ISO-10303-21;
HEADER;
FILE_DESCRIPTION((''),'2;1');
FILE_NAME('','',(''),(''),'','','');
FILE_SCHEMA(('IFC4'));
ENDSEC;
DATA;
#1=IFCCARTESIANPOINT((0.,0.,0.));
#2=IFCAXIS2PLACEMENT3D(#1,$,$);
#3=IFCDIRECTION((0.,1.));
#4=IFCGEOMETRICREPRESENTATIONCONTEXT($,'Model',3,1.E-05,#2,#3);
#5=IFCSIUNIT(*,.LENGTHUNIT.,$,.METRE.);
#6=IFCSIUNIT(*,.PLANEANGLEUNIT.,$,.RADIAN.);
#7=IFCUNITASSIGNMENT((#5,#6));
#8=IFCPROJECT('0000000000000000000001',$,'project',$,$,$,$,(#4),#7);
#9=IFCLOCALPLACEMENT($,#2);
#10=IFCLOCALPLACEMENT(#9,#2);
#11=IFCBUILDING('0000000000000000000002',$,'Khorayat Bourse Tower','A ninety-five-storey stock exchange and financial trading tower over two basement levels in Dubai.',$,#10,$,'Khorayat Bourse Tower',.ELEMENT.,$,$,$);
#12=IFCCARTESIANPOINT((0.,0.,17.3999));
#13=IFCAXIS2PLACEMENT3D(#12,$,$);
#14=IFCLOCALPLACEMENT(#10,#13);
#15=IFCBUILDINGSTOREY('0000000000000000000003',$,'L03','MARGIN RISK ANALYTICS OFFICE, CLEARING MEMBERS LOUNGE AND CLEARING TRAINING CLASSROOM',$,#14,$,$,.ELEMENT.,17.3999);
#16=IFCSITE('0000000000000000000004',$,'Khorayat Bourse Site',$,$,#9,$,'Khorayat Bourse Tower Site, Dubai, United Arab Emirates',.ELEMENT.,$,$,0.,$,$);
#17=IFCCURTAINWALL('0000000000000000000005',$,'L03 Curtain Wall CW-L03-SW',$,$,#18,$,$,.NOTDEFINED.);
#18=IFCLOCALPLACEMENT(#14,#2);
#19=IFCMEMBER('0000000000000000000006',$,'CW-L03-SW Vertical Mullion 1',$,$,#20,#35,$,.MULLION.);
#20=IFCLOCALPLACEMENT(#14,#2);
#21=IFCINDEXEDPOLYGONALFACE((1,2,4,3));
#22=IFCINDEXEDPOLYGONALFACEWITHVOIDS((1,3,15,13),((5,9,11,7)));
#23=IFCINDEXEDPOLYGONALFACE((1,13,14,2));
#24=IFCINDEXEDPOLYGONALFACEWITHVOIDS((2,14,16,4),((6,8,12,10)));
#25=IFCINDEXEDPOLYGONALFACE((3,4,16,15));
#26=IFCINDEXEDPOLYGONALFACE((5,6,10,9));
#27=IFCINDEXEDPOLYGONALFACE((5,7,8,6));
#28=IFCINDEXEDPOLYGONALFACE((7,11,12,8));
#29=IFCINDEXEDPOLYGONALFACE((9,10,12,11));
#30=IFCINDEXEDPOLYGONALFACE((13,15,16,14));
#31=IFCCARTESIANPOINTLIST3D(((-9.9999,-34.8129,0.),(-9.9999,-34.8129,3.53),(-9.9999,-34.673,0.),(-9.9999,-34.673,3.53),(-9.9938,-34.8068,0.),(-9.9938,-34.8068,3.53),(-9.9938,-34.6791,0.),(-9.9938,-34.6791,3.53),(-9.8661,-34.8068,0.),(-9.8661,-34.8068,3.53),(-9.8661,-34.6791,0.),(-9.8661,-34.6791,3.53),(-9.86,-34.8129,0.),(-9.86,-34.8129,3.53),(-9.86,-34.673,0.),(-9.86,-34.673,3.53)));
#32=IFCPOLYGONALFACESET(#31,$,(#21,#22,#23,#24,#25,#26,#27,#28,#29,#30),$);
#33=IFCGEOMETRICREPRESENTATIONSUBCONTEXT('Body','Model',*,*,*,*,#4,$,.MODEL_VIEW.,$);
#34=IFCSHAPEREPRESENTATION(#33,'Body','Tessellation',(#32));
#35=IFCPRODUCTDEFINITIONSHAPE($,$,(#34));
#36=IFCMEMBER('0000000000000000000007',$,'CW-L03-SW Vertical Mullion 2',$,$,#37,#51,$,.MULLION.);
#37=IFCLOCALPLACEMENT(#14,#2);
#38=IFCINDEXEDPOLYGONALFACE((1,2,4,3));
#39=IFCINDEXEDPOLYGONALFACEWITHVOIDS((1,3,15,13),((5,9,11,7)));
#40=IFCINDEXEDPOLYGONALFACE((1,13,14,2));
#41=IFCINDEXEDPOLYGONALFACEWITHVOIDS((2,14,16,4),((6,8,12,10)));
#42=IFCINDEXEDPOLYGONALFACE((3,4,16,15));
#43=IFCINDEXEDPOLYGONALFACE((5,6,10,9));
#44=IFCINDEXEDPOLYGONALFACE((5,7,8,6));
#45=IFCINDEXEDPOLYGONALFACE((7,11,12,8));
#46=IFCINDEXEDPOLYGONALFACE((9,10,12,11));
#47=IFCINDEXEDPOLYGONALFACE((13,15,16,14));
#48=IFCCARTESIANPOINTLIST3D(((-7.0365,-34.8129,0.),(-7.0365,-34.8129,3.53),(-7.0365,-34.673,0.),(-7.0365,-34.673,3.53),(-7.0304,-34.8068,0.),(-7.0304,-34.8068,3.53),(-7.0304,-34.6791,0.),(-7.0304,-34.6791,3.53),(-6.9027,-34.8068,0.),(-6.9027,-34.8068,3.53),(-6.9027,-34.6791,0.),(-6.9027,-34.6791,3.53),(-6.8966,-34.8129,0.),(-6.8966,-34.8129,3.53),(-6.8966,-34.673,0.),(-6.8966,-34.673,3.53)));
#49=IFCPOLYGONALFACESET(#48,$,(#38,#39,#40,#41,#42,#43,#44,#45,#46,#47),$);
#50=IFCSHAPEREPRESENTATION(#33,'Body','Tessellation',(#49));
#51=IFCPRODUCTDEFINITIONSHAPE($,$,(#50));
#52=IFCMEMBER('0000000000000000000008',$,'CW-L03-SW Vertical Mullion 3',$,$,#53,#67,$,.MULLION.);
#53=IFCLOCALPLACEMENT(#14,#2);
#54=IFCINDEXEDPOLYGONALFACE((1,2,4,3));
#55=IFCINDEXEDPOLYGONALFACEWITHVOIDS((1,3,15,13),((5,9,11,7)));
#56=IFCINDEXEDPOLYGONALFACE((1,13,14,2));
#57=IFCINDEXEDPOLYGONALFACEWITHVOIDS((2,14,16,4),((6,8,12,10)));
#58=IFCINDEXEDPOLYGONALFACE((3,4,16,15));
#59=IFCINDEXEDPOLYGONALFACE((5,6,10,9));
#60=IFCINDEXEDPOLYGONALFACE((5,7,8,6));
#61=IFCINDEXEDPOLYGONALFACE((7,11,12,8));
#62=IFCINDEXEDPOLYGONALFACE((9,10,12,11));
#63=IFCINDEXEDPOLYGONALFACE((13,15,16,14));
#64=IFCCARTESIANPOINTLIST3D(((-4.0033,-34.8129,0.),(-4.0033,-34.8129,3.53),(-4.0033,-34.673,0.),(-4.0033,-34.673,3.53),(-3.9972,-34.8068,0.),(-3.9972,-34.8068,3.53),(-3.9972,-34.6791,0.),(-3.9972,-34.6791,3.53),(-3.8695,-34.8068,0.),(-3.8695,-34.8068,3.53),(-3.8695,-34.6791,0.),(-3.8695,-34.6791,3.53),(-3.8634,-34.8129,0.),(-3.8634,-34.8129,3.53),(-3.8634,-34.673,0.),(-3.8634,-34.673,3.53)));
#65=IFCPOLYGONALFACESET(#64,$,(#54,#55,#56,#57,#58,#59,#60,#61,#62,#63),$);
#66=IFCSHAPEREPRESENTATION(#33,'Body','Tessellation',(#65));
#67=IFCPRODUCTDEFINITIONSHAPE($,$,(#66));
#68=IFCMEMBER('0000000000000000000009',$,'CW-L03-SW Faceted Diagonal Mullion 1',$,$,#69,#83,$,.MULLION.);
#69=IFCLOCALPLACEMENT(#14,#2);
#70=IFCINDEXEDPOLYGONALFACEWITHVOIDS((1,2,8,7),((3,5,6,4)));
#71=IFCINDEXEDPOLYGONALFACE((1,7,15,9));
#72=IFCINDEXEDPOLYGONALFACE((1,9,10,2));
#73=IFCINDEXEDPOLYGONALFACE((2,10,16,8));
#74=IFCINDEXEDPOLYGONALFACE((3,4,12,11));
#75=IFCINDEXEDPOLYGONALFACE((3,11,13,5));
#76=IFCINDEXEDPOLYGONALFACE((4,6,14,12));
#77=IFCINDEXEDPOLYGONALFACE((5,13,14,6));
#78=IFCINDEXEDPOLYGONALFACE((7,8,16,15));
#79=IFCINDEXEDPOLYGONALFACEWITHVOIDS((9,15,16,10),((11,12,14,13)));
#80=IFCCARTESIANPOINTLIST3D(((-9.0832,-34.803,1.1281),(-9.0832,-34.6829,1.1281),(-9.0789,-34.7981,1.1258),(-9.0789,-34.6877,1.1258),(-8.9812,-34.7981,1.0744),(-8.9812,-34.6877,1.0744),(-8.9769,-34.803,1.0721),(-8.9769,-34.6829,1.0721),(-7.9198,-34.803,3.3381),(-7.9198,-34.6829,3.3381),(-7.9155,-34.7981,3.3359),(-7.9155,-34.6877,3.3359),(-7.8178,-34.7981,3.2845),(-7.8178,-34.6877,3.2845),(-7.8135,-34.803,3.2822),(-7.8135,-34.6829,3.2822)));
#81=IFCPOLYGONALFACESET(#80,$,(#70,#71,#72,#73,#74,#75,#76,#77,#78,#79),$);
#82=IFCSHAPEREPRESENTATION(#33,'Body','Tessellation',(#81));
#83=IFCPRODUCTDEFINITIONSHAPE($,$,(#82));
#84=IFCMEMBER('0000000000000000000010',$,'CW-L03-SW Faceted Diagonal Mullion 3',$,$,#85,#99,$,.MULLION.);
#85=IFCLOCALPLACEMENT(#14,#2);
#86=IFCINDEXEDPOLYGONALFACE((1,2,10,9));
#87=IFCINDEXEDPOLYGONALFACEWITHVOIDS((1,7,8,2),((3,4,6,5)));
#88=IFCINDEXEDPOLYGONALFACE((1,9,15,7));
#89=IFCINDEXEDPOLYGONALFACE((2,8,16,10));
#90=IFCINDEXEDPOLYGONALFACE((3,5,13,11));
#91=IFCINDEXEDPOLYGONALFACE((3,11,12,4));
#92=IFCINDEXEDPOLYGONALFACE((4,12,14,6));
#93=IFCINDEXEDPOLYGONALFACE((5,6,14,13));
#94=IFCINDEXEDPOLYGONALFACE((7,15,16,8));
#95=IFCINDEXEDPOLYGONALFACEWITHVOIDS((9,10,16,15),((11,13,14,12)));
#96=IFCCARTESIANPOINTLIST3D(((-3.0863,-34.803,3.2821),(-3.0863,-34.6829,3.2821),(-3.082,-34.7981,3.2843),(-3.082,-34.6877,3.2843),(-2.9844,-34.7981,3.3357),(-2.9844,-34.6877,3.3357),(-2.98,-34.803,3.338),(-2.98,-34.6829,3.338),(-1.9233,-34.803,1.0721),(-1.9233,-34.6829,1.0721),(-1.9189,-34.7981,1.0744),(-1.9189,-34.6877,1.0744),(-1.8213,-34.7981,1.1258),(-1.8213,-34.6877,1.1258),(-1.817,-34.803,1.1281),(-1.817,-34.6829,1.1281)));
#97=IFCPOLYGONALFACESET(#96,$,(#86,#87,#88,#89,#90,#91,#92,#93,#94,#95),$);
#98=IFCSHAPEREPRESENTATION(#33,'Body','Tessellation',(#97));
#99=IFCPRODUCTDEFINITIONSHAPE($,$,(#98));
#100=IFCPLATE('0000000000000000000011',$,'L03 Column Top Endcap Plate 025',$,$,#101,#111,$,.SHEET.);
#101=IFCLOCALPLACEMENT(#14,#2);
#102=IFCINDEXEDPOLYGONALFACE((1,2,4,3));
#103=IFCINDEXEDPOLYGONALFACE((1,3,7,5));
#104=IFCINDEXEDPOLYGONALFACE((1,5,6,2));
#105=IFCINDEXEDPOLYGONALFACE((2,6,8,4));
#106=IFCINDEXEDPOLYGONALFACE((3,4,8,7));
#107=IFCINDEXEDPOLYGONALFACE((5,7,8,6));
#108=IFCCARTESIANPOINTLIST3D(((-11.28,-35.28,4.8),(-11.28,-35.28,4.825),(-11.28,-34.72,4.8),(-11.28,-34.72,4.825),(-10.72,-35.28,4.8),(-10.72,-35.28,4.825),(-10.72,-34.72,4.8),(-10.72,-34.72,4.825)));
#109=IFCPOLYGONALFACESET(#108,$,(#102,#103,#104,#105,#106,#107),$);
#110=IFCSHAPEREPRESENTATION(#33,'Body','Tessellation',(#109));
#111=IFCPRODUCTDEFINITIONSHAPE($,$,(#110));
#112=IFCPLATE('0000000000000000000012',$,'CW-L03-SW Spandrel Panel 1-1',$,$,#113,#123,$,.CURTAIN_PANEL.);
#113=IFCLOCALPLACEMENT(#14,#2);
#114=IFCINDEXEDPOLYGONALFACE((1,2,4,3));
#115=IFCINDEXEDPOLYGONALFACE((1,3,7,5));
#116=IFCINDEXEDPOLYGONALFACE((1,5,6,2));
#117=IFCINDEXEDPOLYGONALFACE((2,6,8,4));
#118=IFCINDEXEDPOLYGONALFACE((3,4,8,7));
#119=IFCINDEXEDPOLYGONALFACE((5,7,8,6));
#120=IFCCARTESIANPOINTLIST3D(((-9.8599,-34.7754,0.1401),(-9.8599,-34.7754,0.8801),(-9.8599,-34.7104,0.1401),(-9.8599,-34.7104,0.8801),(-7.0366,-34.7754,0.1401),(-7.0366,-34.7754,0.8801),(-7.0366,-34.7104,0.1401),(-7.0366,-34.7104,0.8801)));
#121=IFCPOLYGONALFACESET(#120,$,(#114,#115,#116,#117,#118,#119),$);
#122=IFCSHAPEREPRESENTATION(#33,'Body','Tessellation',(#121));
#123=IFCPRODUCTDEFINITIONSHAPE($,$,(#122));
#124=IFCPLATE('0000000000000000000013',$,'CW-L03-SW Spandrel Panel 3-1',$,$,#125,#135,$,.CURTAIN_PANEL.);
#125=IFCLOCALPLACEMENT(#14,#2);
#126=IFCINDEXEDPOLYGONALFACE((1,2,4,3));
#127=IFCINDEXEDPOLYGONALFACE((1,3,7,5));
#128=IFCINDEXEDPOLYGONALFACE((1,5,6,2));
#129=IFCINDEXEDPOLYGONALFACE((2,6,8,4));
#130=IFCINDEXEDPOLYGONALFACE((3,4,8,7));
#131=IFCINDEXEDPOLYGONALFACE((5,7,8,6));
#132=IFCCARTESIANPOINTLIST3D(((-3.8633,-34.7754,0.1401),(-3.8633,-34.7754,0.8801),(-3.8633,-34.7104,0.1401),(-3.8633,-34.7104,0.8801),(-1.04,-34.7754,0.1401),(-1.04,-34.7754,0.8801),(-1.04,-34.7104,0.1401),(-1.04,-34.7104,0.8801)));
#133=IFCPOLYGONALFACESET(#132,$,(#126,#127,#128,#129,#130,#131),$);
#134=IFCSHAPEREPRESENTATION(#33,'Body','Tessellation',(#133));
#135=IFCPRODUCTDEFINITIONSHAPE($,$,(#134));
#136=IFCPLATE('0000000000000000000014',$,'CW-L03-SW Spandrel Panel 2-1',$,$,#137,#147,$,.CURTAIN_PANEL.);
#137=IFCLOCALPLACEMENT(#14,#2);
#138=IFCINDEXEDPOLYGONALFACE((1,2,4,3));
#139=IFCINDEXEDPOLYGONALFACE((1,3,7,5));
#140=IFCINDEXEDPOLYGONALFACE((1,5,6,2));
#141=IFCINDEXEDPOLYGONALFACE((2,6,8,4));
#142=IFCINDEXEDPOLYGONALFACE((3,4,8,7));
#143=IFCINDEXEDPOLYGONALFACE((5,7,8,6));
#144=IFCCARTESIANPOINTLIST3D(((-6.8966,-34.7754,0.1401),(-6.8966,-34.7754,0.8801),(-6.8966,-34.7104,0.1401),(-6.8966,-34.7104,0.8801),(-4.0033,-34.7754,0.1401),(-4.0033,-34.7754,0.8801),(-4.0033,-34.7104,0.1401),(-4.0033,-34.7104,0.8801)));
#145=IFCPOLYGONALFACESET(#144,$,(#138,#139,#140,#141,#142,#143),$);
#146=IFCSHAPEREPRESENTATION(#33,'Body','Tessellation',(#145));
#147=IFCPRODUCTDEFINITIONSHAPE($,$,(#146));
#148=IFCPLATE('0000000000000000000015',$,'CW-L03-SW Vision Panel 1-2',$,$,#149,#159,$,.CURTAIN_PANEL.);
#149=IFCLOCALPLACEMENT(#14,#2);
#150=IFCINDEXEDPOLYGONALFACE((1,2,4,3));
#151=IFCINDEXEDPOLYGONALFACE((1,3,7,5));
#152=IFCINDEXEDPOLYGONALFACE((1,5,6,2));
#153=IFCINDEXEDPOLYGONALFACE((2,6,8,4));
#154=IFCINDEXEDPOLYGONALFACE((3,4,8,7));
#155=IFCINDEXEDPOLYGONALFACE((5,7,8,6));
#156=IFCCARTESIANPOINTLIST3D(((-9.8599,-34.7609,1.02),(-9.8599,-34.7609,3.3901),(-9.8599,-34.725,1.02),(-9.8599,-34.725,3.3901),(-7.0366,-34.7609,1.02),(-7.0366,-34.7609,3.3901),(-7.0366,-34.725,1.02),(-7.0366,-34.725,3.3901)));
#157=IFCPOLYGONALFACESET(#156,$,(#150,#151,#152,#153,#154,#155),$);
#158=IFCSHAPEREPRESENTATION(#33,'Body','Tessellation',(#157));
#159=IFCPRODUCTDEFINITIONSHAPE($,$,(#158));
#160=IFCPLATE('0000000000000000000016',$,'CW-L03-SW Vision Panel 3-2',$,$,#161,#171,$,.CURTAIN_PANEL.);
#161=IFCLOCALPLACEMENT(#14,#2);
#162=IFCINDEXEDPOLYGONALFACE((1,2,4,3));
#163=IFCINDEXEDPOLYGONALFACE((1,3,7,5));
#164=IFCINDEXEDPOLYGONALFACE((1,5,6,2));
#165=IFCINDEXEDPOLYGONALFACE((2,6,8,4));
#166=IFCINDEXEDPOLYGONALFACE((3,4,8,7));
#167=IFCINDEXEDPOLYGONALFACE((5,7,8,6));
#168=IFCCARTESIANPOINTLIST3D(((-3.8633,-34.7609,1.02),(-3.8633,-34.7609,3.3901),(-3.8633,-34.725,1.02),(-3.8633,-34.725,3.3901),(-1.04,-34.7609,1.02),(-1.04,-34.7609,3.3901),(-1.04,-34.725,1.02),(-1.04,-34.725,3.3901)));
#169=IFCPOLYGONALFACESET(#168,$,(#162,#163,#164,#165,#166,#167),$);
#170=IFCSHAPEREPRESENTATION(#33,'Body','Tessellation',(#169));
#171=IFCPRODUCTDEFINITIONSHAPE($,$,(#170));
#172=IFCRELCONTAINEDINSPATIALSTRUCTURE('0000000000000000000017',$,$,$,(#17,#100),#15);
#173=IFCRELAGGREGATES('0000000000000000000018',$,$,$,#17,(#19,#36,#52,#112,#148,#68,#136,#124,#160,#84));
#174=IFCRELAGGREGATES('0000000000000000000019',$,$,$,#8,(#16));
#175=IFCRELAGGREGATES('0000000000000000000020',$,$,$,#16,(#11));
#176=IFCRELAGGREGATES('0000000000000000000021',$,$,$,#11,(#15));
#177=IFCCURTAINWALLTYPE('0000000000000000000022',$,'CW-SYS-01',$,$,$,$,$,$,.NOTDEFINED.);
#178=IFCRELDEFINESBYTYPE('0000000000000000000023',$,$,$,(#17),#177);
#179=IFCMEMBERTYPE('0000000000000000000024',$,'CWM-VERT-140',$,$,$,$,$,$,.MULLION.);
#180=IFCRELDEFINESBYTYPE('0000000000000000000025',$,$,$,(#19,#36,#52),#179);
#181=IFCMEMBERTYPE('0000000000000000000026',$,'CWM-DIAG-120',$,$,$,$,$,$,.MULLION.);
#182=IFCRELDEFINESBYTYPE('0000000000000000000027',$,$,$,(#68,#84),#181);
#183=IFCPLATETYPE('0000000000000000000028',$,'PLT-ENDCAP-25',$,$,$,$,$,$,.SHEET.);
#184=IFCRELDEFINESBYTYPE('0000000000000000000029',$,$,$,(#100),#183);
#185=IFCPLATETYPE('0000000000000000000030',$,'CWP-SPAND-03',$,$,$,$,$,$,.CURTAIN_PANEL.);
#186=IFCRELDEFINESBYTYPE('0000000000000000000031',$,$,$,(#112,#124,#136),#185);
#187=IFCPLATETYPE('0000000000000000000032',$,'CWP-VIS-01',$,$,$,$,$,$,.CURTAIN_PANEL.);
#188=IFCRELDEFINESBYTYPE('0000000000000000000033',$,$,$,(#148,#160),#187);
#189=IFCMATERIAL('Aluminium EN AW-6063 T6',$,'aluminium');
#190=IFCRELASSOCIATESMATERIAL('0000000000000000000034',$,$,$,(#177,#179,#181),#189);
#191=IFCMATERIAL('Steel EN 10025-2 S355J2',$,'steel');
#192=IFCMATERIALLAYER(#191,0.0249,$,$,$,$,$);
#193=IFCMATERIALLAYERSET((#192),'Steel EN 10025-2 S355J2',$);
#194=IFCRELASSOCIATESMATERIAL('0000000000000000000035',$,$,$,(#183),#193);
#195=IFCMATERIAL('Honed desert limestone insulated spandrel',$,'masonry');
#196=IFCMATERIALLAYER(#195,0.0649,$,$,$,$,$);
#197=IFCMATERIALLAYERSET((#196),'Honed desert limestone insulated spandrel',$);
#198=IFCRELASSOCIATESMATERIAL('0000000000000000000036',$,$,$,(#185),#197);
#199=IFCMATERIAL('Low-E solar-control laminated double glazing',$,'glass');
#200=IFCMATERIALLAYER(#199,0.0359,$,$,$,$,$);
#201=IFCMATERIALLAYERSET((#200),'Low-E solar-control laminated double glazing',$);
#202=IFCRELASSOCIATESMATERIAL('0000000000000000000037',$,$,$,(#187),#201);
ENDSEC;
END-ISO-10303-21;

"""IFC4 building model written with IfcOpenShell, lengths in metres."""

from ifc_helpers import new_model, si_unit, direction, frame, origin, origin_2d, place, context, subcontext, project, spatial, rectangle, hollow_rectangle, extrude, source, transform, mapped, material, layer, layer_set, material_profile, profile_set, type_object, element, aggregate, save


model = new_model("IFC4")

# Units and contexts
model_context = context("Model", 3, precision=1e-05, world=origin(), true_north=direction((0.0, 1.0)))
body_context = subcontext(model_context, "Body", "Model", "MODEL_VIEW")
ifc_project = project(units=[si_unit("LENGTHUNIT", "METRE"), si_unit("PLANEANGLEUNIT", "RADIAN")], contexts=[model_context])

# Site, building, storey
site_placement = place(None, origin())
site = spatial("IfcSite", under=ifc_project, at=site_placement, Name="Khorayat Bourse Site", LongName="Khorayat Bourse Tower Site, Dubai, United Arab Emirates", CompositionType="ELEMENT", RefElevation=0.0)
building_placement = place(site_placement, origin())
building = spatial("IfcBuilding", under=site, at=building_placement, Name="Khorayat Bourse Tower", Description="A ninety-five-storey stock exchange and financial trading tower over two basement levels in Dubai.", LongName="Khorayat Bourse Tower", CompositionType="ELEMENT")
storey_placement = place(building_placement, frame((0.0, 0.0, 17.3999)))
storey = spatial("IfcBuildingStorey", under=building, at=storey_placement, Name="L03", Description="MARGIN RISK ANALYTICS OFFICE, CLEARING MEMBERS LOUNGE AND CLEARING TRAINING CLASSROOM", CompositionType="ELEMENT", Elevation=17.3999)

# Shared definitions
ifc_material_1 = material(Name="Steel EN 10025-2 S355J2", Category="steel")

# Curtain wall, members
ifc_material_2 = material(Name="Aluminium EN AW-6063 T6", Category="aluminium")
curtain_wall_type = type_object("IfcCurtainWallType", Name="CW-SYS-01", PredefinedType="NOTDEFINED", material=ifc_material_2)
curtain_wall_placement = place(storey_placement, origin())
curtain_wall = element("IfcCurtainWall", 1, at=curtain_wall_placement, inside=storey, type_object=curtain_wall_type, Name="L03 Curtain Wall CW-L03-SW", PredefinedType="NOTDEFINED")
ifc_material_profile_1 = material_profile(ifc_material_2, hollow_rectangle(XDim=0.1399, YDim=0.1399, WallThickness=0.0061, at=origin_2d()), Name="ALU 140x140x6")
ifc_profile_set_1 = profile_set([ifc_material_profile_1], Name="Aluminium EN AW-6063 T6")
member_type_1 = type_object("IfcMemberType", Name="CWM-VERT-140", PredefinedType="MULLION", material=ifc_profile_set_1)
shared_shape_1 = source(origin(), body_context, "Body", "SweptSolid", [
    extrude(hollow_rectangle(XDim=0.1399, YDim=0.1399, WallThickness=0.0061, at=origin_2d()), origin(), (0.0, 0.0, 1.0), 3.53),
])
member_1_placement = place(storey_placement, frame((-9.9299, -34.7429, 0.0), z_axis=(0.0, 0.0, 1.0), x_axis=(0.0, 1.0, 0.0)))
member_1 = element("IfcMember", 2, at=member_1_placement, type_object=member_type_1, Name="CW-L03-SW Vertical Mullion 1", PredefinedType="MULLION", context=body_context, shape_type="MappedRepresentation", body=[
    mapped(shared_shape_1, transform((0.0, 0.0, 0.0), scale=1.0)),
])
member_2_placement = place(storey_placement, frame((-6.9666, -34.7429, 0.0), z_axis=(0.0, 0.0, 1.0), x_axis=(0.0, 1.0, 0.0)))
member_2 = element("IfcMember", 3, at=member_2_placement, type_object=member_type_1, Name="CW-L03-SW Vertical Mullion 2", PredefinedType="MULLION", context=body_context, shape_type="MappedRepresentation", body=[
    mapped(shared_shape_1, transform((0.0, 0.0, 0.0), scale=1.0)),
])
member_3_placement = place(storey_placement, frame((-3.9333, -34.7429, 0.0), z_axis=(0.0, 0.0, 1.0), x_axis=(0.0, 1.0, 0.0)))
member_3 = element("IfcMember", 4, at=member_3_placement, type_object=member_type_1, Name="CW-L03-SW Vertical Mullion 3", PredefinedType="MULLION", context=body_context, shape_type="MappedRepresentation", body=[
    mapped(shared_shape_1, transform((0.0, 0.0, 0.0), scale=1.0)),
])
ifc_material_profile_2 = material_profile(ifc_material_2, hollow_rectangle(XDim=0.1201, YDim=0.1201, WallThickness=0.0049, at=origin_2d()), Name="ALU 120x120x5")
ifc_profile_set_2 = profile_set([ifc_material_profile_2], Name="Aluminium EN AW-6063 T6")
member_type_2 = type_object("IfcMemberType", Name="CWM-DIAG-120", PredefinedType="MULLION", material=ifc_profile_set_2)
shared_shape_2 = source(origin(), body_context, "Body", "SweptSolid", [
    extrude(hollow_rectangle(XDim=0.1201, YDim=0.1201, WallThickness=0.0049, at=origin_2d()), origin(), (0.0, 0.0, 1.0), 2.4976),
])
member_4_placement = place(storey_placement, frame((-9.03, -34.7429, 1.1001), z_axis=(0.465807, 0.0, 0.884886), x_axis=(0.0, 1.0, 0.0)))
member_4 = element("IfcMember", 5, at=member_4_placement, type_object=member_type_2, Name="CW-L03-SW Faceted Diagonal Mullion 1", PredefinedType="MULLION", context=body_context, shape_type="MappedRepresentation", body=[
    mapped(shared_shape_2, transform((0.0, 0.0, 0.0), scale=1.0)),
])
shared_shape_3 = source(origin(), body_context, "Body", "SweptSolid", [
    extrude(hollow_rectangle(XDim=0.1201, YDim=0.1201, WallThickness=0.0049, at=origin_2d()), origin(), (0.0, 0.0, 1.0), 2.4973),
])
member_5_placement = place(storey_placement, frame((-1.8701, -34.7429, 1.1001), z_axis=(-0.46573, 0.0, 0.884927), x_axis=(0.0, -1.0, 0.0)))
member_5 = element("IfcMember", 6, at=member_5_placement, type_object=member_type_2, Name="CW-L03-SW Faceted Diagonal Mullion 3", PredefinedType="MULLION", context=body_context, shape_type="MappedRepresentation", body=[
    mapped(shared_shape_3, transform((0.0, 0.0, 0.0), scale=1.0)),
])

# Plates
ifc_layer_1 = layer(ifc_material_1, 0.0249)
ifc_layer_set_1 = layer_set([ifc_layer_1], Name="Steel EN 10025-2 S355J2")
plate_type_1 = type_object("IfcPlateType", Name="PLT-ENDCAP-25", PredefinedType="SHEET", material=ifc_layer_set_1)
shared_shape_4 = source(origin(), body_context, "Body", "SweptSolid", [
    extrude(rectangle(XDim=0.5601, YDim=0.5601, at=origin_2d()), origin(), (0.0, 0.0, 1.0), 0.0249),
])
plate_1_placement = place(storey_placement, frame((-11.0, -35.0, 4.8), z_axis=(0.0, 0.0, 1.0), x_axis=(1.0, 0.0, 0.0)))
element("IfcPlate", 7, at=plate_1_placement, inside=storey, type_object=plate_type_1, Name="L03 Column Top Endcap Plate 025", PredefinedType="SHEET", context=body_context, shape_type="MappedRepresentation", body=[
    mapped(shared_shape_4, transform((0.0, 0.0, 0.0), scale=1.0)),
])
ifc_material_3 = material(Name="Honed desert limestone insulated spandrel", Category="masonry")
ifc_layer_2 = layer(ifc_material_3, 0.0649)
ifc_layer_set_2 = layer_set([ifc_layer_2], Name="Honed desert limestone insulated spandrel")
plate_type_2 = type_object("IfcPlateType", Name="CWP-SPAND-03", PredefinedType="CURTAIN_PANEL", material=ifc_layer_set_2)
shared_shape_5 = source(origin(), body_context, "Body", "SweptSolid", [
    extrude(rectangle(XDim=2.8232, YDim=0.0649, at=origin_2d()), origin(), (0.0, 0.0, 1.0), 0.74),
])
plate_2_placement = place(storey_placement, frame((-8.4482, -34.7429, 0.1401), z_axis=(0.0, 0.0, 1.0), x_axis=(1.0, 0.0, 0.0)))
plate_2 = element("IfcPlate", 8, at=plate_2_placement, type_object=plate_type_2, Name="CW-L03-SW Spandrel Panel 1-1", PredefinedType="CURTAIN_PANEL", context=body_context, shape_type="MappedRepresentation", body=[
    mapped(shared_shape_5, transform((0.0, 0.0, 0.0), scale=1.0)),
])
plate_3_placement = place(storey_placement, frame((-2.4517, -34.7429, 0.1401), z_axis=(0.0, 0.0, 1.0), x_axis=(1.0, 0.0, 0.0)))
plate_3 = element("IfcPlate", 9, at=plate_3_placement, type_object=plate_type_2, Name="CW-L03-SW Spandrel Panel 3-1", PredefinedType="CURTAIN_PANEL", context=body_context, shape_type="MappedRepresentation", body=[
    mapped(shared_shape_5, transform((0.0, 0.0, 0.0), scale=1.0)),
])
shared_shape_6 = source(origin(), body_context, "Body", "SweptSolid", [
    extrude(rectangle(XDim=2.8933, YDim=0.0649, at=origin_2d()), origin(), (0.0, 0.0, 1.0), 0.74),
])
plate_4_placement = place(storey_placement, frame((-5.45, -34.7429, 0.1401), z_axis=(0.0, 0.0, 1.0), x_axis=(1.0, 0.0, 0.0)))
plate_4 = element("IfcPlate", 10, at=plate_4_placement, type_object=plate_type_2, Name="CW-L03-SW Spandrel Panel 2-1", PredefinedType="CURTAIN_PANEL", context=body_context, shape_type="MappedRepresentation", body=[
    mapped(shared_shape_6, transform((0.0, 0.0, 0.0), scale=1.0)),
])
ifc_material_4 = material(Name="Low-E solar-control laminated double glazing", Category="glass")
ifc_layer_3 = layer(ifc_material_4, 0.0359)
ifc_layer_set_3 = layer_set([ifc_layer_3], Name="Low-E solar-control laminated double glazing")
plate_type_3 = type_object("IfcPlateType", Name="CWP-VIS-01", PredefinedType="CURTAIN_PANEL", material=ifc_layer_set_3)
shared_shape_7 = source(origin(), body_context, "Body", "SweptSolid", [
    extrude(rectangle(XDim=2.8232, YDim=0.0359, at=origin_2d()), origin(), (0.0, 0.0, 1.0), 2.3701),
])
plate_5_placement = place(storey_placement, frame((-8.4482, -34.7429, 1.02), z_axis=(0.0, 0.0, 1.0), x_axis=(1.0, 0.0, 0.0)))
plate_5 = element("IfcPlate", 11, at=plate_5_placement, type_object=plate_type_3, Name="CW-L03-SW Vision Panel 1-2", PredefinedType="CURTAIN_PANEL", context=body_context, shape_type="MappedRepresentation", body=[
    mapped(shared_shape_7, transform((0.0, 0.0, 0.0), scale=1.0)),
])
plate_6_placement = place(storey_placement, frame((-2.4517, -34.7429, 1.02), z_axis=(0.0, 0.0, 1.0), x_axis=(1.0, 0.0, 0.0)))
plate_6 = element("IfcPlate", 12, at=plate_6_placement, type_object=plate_type_3, Name="CW-L03-SW Vision Panel 3-2", PredefinedType="CURTAIN_PANEL", context=body_context, shape_type="MappedRepresentation", body=[
    mapped(shared_shape_7, transform((0.0, 0.0, 0.0), scale=1.0)),
])
aggregate(curtain_wall, [member_1, member_2, member_3, plate_2, plate_5, member_4, plate_4, plate_3, plate_6, member_5])

save(model, "model.ifc")
